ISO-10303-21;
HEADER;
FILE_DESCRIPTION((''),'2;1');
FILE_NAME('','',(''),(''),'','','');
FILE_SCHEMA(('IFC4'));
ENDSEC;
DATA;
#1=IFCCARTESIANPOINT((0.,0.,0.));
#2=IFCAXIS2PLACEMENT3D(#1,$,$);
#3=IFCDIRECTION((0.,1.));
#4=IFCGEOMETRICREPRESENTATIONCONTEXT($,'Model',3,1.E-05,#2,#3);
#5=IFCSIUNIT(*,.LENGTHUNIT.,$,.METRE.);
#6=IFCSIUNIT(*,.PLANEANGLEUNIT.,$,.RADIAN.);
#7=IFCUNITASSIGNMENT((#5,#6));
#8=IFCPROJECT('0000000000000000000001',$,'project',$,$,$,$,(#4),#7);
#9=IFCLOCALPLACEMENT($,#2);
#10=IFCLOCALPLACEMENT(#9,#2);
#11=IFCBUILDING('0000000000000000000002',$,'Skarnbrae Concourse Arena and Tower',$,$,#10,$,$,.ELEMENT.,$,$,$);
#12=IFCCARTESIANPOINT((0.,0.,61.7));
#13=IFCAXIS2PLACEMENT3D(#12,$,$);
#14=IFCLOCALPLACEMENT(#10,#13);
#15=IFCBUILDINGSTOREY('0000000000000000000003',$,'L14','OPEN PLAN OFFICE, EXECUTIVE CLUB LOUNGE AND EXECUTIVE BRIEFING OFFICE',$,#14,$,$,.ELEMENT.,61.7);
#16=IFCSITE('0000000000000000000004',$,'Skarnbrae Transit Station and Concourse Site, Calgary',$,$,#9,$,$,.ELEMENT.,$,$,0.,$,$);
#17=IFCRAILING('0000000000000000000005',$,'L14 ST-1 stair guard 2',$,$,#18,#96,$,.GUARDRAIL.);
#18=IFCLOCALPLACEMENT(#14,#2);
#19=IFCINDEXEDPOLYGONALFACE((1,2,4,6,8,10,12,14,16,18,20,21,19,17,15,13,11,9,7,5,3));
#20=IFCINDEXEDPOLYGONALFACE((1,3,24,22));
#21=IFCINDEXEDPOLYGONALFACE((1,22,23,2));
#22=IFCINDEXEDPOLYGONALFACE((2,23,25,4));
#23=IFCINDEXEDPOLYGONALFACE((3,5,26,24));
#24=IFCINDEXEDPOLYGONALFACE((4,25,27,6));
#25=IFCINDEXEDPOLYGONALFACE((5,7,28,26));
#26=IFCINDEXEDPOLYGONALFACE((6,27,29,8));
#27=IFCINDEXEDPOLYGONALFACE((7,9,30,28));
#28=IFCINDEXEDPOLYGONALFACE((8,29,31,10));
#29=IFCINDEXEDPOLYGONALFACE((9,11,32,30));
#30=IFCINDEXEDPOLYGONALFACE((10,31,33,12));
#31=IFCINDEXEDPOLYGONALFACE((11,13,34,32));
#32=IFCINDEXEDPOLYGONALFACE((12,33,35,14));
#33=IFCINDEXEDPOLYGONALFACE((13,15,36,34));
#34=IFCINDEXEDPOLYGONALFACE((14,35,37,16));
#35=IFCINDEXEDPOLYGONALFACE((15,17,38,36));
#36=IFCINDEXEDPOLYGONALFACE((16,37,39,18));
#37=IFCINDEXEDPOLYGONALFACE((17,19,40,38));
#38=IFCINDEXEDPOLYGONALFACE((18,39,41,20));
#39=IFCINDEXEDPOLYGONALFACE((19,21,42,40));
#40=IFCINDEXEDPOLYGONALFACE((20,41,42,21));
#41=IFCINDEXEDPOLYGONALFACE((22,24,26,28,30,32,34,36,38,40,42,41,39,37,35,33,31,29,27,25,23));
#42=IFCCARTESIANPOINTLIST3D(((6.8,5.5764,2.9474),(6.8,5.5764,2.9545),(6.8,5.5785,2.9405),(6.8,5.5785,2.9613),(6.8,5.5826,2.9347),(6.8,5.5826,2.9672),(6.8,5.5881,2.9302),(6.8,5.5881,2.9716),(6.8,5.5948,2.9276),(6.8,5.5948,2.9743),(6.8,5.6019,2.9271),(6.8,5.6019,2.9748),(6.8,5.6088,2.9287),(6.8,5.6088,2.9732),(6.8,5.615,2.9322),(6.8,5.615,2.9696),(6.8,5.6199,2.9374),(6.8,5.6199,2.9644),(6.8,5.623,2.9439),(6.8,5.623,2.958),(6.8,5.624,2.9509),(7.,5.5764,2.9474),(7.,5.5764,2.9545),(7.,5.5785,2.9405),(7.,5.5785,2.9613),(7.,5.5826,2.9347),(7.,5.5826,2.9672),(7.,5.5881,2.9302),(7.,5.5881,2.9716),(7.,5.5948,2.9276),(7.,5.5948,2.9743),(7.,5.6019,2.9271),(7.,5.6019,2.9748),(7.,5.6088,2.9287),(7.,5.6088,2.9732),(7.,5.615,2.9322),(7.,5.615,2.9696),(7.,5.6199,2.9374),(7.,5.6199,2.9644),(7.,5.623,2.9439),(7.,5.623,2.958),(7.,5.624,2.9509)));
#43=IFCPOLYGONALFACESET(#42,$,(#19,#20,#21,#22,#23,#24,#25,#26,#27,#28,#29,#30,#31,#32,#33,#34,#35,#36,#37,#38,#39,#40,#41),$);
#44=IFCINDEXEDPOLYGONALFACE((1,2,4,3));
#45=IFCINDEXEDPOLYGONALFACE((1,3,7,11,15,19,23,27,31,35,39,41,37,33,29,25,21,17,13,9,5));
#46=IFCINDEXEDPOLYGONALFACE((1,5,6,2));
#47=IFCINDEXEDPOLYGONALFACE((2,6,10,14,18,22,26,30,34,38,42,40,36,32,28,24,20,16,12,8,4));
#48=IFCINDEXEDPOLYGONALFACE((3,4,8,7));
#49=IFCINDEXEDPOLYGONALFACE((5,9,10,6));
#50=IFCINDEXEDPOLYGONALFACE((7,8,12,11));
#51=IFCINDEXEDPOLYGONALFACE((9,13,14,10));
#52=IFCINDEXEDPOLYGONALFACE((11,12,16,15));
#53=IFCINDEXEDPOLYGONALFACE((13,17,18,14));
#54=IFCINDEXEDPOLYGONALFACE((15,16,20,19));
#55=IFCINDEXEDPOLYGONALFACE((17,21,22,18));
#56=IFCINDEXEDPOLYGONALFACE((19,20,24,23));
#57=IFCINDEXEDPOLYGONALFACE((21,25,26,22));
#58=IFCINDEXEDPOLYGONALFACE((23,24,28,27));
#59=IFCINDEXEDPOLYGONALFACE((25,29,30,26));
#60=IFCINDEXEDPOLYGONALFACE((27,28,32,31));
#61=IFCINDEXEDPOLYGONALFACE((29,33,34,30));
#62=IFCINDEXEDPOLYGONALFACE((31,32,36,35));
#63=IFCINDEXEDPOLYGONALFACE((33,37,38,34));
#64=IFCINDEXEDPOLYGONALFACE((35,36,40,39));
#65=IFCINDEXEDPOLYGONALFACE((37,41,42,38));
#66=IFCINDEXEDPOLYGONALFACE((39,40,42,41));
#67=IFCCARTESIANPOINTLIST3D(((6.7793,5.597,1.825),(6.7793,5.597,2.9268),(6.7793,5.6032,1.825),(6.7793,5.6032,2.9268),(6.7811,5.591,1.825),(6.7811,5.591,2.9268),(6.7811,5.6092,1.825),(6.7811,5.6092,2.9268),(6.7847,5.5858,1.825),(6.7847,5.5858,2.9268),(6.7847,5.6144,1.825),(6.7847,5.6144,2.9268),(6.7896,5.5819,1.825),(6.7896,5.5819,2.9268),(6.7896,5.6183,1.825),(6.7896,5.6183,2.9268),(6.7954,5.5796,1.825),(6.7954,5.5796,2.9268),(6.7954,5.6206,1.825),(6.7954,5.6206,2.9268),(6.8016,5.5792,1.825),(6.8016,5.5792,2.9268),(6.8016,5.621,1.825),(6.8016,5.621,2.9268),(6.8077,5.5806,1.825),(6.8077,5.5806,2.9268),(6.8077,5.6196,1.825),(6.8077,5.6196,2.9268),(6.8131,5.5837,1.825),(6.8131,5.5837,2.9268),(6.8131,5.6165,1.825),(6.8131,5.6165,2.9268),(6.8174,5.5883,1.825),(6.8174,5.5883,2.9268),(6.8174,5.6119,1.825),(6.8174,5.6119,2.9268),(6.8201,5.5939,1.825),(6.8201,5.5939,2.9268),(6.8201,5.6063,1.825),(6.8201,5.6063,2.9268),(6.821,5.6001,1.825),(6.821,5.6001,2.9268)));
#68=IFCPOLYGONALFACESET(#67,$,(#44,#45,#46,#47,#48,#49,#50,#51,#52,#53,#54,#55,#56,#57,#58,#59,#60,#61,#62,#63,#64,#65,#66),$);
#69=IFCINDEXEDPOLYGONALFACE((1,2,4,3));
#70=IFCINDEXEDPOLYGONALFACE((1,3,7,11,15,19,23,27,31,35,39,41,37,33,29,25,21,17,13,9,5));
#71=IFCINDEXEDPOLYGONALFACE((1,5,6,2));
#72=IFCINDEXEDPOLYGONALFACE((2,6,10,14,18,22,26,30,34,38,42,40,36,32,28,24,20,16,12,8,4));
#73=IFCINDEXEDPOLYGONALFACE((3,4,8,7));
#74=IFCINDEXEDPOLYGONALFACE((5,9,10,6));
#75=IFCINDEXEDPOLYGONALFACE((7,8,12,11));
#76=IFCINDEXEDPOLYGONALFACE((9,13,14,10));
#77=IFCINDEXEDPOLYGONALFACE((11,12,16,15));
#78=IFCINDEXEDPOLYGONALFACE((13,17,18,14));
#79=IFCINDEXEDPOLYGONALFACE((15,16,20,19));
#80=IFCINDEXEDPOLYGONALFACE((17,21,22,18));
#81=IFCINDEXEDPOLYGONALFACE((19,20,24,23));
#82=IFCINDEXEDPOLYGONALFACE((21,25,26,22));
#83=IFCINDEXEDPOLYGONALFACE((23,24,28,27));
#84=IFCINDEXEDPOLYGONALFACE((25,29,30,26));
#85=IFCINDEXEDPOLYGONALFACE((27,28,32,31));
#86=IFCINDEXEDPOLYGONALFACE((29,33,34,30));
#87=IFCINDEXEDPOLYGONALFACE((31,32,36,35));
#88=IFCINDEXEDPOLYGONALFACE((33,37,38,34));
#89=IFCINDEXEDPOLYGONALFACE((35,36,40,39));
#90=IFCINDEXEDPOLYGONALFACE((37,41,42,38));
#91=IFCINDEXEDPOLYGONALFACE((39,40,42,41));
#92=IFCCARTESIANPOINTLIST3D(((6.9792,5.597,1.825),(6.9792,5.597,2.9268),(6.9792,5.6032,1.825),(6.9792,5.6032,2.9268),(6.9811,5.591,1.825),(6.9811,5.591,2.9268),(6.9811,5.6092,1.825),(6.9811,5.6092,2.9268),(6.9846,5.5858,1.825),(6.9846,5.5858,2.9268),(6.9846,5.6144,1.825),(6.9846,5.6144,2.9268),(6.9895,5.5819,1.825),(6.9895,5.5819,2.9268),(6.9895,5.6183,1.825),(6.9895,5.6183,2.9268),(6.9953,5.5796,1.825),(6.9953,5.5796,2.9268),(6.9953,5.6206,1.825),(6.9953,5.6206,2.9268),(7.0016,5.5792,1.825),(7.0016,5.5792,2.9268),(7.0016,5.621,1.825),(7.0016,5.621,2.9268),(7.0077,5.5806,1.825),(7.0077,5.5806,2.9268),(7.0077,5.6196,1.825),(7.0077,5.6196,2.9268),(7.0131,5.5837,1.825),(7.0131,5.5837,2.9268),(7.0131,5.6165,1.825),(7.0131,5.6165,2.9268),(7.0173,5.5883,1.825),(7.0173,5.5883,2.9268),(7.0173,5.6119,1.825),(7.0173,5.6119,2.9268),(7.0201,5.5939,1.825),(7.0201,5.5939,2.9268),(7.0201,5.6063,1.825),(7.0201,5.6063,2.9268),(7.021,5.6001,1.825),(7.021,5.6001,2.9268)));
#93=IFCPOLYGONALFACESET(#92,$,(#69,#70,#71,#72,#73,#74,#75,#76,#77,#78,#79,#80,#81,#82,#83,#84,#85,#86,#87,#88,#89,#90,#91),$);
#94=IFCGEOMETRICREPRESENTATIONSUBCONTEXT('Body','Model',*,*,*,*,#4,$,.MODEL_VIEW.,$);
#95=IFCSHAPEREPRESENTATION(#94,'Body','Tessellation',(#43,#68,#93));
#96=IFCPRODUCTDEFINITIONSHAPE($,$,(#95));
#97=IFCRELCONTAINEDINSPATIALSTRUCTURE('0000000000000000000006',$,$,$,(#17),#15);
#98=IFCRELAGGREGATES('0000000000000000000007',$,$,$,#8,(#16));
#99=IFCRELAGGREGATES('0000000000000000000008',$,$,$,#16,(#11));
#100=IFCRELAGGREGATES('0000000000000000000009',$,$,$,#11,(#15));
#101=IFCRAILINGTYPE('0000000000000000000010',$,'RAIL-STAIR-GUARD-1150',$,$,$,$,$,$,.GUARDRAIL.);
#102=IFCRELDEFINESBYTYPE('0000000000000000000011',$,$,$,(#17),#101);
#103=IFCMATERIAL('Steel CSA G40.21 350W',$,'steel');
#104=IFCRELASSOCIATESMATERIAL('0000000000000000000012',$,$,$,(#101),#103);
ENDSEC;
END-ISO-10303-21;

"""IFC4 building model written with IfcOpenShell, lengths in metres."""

from ifc_helpers import new_model, si_unit, direction, frame, origin, origin_2d, place, context, subcontext, project, spatial, circle, extrude, material, type_object, element, save


model = new_model("IFC4")

# Units and contexts
model_context = context("Model", 3, precision=1e-05, world=origin(), true_north=direction((0.0, 1.0)))
body_context = subcontext(model_context, "Body", "Model", "MODEL_VIEW")
ifc_project = project(units=[si_unit("LENGTHUNIT", "METRE"), si_unit("PLANEANGLEUNIT", "RADIAN")], contexts=[model_context])

# Site, building, storey
site_placement = place(None, origin())
site = spatial("IfcSite", under=ifc_project, at=site_placement, Name="Skarnbrae Transit Station and Concourse Site, Calgary", CompositionType="ELEMENT", RefElevation=0.0)
building_placement = place(site_placement, origin())
building = spatial("IfcBuilding", under=site, at=building_placement, Name="Skarnbrae Concourse Arena and Tower", CompositionType="ELEMENT")
storey_placement = place(building_placement, frame((0.0, 0.0, 61.7)))
storey = spatial("IfcBuildingStorey", under=building, at=storey_placement, Name="L14", Description="OPEN PLAN OFFICE, EXECUTIVE CLUB LOUNGE AND EXECUTIVE BRIEFING OFFICE", CompositionType="ELEMENT", Elevation=61.7)

# Shared definitions
ifc_material_1 = material(Name="Steel CSA G40.21 350W", Category="steel")

# Railing
railing_type_1 = type_object("IfcRailingType", Name="RAIL-STAIR-GUARD-1150", PredefinedType="GUARDRAIL", material=ifc_material_1)
railing_1_placement = place(storey_placement, frame((6.8, 5.6001, 1.825)))
element("IfcRailing", 1, at=railing_1_placement, inside=storey, type_object=railing_type_1, Name="L14 ST-1 stair guard 2", PredefinedType="GUARDRAIL", context=body_context, shape_type="SweptSolid", body=[
    extrude(circle(Radius=0.0239, at=origin_2d()), frame((0.0, 0.0, 1.126), z_axis=(1.0, 0.0, 0.0), x_axis=(0.0, 1.0, 0.0)), (0.0, 0.0, 1.0), 0.2),
    extrude(circle(Radius=0.021, at=origin_2d()), origin(), (0.0, 0.0, 1.0), 1.1018),
    extrude(circle(Radius=0.021, at=origin_2d()), frame((0.2, 0.0, 0.0)), (0.0, 0.0, 1.0), 1.1018),
])

save(model, "model.ifc")
